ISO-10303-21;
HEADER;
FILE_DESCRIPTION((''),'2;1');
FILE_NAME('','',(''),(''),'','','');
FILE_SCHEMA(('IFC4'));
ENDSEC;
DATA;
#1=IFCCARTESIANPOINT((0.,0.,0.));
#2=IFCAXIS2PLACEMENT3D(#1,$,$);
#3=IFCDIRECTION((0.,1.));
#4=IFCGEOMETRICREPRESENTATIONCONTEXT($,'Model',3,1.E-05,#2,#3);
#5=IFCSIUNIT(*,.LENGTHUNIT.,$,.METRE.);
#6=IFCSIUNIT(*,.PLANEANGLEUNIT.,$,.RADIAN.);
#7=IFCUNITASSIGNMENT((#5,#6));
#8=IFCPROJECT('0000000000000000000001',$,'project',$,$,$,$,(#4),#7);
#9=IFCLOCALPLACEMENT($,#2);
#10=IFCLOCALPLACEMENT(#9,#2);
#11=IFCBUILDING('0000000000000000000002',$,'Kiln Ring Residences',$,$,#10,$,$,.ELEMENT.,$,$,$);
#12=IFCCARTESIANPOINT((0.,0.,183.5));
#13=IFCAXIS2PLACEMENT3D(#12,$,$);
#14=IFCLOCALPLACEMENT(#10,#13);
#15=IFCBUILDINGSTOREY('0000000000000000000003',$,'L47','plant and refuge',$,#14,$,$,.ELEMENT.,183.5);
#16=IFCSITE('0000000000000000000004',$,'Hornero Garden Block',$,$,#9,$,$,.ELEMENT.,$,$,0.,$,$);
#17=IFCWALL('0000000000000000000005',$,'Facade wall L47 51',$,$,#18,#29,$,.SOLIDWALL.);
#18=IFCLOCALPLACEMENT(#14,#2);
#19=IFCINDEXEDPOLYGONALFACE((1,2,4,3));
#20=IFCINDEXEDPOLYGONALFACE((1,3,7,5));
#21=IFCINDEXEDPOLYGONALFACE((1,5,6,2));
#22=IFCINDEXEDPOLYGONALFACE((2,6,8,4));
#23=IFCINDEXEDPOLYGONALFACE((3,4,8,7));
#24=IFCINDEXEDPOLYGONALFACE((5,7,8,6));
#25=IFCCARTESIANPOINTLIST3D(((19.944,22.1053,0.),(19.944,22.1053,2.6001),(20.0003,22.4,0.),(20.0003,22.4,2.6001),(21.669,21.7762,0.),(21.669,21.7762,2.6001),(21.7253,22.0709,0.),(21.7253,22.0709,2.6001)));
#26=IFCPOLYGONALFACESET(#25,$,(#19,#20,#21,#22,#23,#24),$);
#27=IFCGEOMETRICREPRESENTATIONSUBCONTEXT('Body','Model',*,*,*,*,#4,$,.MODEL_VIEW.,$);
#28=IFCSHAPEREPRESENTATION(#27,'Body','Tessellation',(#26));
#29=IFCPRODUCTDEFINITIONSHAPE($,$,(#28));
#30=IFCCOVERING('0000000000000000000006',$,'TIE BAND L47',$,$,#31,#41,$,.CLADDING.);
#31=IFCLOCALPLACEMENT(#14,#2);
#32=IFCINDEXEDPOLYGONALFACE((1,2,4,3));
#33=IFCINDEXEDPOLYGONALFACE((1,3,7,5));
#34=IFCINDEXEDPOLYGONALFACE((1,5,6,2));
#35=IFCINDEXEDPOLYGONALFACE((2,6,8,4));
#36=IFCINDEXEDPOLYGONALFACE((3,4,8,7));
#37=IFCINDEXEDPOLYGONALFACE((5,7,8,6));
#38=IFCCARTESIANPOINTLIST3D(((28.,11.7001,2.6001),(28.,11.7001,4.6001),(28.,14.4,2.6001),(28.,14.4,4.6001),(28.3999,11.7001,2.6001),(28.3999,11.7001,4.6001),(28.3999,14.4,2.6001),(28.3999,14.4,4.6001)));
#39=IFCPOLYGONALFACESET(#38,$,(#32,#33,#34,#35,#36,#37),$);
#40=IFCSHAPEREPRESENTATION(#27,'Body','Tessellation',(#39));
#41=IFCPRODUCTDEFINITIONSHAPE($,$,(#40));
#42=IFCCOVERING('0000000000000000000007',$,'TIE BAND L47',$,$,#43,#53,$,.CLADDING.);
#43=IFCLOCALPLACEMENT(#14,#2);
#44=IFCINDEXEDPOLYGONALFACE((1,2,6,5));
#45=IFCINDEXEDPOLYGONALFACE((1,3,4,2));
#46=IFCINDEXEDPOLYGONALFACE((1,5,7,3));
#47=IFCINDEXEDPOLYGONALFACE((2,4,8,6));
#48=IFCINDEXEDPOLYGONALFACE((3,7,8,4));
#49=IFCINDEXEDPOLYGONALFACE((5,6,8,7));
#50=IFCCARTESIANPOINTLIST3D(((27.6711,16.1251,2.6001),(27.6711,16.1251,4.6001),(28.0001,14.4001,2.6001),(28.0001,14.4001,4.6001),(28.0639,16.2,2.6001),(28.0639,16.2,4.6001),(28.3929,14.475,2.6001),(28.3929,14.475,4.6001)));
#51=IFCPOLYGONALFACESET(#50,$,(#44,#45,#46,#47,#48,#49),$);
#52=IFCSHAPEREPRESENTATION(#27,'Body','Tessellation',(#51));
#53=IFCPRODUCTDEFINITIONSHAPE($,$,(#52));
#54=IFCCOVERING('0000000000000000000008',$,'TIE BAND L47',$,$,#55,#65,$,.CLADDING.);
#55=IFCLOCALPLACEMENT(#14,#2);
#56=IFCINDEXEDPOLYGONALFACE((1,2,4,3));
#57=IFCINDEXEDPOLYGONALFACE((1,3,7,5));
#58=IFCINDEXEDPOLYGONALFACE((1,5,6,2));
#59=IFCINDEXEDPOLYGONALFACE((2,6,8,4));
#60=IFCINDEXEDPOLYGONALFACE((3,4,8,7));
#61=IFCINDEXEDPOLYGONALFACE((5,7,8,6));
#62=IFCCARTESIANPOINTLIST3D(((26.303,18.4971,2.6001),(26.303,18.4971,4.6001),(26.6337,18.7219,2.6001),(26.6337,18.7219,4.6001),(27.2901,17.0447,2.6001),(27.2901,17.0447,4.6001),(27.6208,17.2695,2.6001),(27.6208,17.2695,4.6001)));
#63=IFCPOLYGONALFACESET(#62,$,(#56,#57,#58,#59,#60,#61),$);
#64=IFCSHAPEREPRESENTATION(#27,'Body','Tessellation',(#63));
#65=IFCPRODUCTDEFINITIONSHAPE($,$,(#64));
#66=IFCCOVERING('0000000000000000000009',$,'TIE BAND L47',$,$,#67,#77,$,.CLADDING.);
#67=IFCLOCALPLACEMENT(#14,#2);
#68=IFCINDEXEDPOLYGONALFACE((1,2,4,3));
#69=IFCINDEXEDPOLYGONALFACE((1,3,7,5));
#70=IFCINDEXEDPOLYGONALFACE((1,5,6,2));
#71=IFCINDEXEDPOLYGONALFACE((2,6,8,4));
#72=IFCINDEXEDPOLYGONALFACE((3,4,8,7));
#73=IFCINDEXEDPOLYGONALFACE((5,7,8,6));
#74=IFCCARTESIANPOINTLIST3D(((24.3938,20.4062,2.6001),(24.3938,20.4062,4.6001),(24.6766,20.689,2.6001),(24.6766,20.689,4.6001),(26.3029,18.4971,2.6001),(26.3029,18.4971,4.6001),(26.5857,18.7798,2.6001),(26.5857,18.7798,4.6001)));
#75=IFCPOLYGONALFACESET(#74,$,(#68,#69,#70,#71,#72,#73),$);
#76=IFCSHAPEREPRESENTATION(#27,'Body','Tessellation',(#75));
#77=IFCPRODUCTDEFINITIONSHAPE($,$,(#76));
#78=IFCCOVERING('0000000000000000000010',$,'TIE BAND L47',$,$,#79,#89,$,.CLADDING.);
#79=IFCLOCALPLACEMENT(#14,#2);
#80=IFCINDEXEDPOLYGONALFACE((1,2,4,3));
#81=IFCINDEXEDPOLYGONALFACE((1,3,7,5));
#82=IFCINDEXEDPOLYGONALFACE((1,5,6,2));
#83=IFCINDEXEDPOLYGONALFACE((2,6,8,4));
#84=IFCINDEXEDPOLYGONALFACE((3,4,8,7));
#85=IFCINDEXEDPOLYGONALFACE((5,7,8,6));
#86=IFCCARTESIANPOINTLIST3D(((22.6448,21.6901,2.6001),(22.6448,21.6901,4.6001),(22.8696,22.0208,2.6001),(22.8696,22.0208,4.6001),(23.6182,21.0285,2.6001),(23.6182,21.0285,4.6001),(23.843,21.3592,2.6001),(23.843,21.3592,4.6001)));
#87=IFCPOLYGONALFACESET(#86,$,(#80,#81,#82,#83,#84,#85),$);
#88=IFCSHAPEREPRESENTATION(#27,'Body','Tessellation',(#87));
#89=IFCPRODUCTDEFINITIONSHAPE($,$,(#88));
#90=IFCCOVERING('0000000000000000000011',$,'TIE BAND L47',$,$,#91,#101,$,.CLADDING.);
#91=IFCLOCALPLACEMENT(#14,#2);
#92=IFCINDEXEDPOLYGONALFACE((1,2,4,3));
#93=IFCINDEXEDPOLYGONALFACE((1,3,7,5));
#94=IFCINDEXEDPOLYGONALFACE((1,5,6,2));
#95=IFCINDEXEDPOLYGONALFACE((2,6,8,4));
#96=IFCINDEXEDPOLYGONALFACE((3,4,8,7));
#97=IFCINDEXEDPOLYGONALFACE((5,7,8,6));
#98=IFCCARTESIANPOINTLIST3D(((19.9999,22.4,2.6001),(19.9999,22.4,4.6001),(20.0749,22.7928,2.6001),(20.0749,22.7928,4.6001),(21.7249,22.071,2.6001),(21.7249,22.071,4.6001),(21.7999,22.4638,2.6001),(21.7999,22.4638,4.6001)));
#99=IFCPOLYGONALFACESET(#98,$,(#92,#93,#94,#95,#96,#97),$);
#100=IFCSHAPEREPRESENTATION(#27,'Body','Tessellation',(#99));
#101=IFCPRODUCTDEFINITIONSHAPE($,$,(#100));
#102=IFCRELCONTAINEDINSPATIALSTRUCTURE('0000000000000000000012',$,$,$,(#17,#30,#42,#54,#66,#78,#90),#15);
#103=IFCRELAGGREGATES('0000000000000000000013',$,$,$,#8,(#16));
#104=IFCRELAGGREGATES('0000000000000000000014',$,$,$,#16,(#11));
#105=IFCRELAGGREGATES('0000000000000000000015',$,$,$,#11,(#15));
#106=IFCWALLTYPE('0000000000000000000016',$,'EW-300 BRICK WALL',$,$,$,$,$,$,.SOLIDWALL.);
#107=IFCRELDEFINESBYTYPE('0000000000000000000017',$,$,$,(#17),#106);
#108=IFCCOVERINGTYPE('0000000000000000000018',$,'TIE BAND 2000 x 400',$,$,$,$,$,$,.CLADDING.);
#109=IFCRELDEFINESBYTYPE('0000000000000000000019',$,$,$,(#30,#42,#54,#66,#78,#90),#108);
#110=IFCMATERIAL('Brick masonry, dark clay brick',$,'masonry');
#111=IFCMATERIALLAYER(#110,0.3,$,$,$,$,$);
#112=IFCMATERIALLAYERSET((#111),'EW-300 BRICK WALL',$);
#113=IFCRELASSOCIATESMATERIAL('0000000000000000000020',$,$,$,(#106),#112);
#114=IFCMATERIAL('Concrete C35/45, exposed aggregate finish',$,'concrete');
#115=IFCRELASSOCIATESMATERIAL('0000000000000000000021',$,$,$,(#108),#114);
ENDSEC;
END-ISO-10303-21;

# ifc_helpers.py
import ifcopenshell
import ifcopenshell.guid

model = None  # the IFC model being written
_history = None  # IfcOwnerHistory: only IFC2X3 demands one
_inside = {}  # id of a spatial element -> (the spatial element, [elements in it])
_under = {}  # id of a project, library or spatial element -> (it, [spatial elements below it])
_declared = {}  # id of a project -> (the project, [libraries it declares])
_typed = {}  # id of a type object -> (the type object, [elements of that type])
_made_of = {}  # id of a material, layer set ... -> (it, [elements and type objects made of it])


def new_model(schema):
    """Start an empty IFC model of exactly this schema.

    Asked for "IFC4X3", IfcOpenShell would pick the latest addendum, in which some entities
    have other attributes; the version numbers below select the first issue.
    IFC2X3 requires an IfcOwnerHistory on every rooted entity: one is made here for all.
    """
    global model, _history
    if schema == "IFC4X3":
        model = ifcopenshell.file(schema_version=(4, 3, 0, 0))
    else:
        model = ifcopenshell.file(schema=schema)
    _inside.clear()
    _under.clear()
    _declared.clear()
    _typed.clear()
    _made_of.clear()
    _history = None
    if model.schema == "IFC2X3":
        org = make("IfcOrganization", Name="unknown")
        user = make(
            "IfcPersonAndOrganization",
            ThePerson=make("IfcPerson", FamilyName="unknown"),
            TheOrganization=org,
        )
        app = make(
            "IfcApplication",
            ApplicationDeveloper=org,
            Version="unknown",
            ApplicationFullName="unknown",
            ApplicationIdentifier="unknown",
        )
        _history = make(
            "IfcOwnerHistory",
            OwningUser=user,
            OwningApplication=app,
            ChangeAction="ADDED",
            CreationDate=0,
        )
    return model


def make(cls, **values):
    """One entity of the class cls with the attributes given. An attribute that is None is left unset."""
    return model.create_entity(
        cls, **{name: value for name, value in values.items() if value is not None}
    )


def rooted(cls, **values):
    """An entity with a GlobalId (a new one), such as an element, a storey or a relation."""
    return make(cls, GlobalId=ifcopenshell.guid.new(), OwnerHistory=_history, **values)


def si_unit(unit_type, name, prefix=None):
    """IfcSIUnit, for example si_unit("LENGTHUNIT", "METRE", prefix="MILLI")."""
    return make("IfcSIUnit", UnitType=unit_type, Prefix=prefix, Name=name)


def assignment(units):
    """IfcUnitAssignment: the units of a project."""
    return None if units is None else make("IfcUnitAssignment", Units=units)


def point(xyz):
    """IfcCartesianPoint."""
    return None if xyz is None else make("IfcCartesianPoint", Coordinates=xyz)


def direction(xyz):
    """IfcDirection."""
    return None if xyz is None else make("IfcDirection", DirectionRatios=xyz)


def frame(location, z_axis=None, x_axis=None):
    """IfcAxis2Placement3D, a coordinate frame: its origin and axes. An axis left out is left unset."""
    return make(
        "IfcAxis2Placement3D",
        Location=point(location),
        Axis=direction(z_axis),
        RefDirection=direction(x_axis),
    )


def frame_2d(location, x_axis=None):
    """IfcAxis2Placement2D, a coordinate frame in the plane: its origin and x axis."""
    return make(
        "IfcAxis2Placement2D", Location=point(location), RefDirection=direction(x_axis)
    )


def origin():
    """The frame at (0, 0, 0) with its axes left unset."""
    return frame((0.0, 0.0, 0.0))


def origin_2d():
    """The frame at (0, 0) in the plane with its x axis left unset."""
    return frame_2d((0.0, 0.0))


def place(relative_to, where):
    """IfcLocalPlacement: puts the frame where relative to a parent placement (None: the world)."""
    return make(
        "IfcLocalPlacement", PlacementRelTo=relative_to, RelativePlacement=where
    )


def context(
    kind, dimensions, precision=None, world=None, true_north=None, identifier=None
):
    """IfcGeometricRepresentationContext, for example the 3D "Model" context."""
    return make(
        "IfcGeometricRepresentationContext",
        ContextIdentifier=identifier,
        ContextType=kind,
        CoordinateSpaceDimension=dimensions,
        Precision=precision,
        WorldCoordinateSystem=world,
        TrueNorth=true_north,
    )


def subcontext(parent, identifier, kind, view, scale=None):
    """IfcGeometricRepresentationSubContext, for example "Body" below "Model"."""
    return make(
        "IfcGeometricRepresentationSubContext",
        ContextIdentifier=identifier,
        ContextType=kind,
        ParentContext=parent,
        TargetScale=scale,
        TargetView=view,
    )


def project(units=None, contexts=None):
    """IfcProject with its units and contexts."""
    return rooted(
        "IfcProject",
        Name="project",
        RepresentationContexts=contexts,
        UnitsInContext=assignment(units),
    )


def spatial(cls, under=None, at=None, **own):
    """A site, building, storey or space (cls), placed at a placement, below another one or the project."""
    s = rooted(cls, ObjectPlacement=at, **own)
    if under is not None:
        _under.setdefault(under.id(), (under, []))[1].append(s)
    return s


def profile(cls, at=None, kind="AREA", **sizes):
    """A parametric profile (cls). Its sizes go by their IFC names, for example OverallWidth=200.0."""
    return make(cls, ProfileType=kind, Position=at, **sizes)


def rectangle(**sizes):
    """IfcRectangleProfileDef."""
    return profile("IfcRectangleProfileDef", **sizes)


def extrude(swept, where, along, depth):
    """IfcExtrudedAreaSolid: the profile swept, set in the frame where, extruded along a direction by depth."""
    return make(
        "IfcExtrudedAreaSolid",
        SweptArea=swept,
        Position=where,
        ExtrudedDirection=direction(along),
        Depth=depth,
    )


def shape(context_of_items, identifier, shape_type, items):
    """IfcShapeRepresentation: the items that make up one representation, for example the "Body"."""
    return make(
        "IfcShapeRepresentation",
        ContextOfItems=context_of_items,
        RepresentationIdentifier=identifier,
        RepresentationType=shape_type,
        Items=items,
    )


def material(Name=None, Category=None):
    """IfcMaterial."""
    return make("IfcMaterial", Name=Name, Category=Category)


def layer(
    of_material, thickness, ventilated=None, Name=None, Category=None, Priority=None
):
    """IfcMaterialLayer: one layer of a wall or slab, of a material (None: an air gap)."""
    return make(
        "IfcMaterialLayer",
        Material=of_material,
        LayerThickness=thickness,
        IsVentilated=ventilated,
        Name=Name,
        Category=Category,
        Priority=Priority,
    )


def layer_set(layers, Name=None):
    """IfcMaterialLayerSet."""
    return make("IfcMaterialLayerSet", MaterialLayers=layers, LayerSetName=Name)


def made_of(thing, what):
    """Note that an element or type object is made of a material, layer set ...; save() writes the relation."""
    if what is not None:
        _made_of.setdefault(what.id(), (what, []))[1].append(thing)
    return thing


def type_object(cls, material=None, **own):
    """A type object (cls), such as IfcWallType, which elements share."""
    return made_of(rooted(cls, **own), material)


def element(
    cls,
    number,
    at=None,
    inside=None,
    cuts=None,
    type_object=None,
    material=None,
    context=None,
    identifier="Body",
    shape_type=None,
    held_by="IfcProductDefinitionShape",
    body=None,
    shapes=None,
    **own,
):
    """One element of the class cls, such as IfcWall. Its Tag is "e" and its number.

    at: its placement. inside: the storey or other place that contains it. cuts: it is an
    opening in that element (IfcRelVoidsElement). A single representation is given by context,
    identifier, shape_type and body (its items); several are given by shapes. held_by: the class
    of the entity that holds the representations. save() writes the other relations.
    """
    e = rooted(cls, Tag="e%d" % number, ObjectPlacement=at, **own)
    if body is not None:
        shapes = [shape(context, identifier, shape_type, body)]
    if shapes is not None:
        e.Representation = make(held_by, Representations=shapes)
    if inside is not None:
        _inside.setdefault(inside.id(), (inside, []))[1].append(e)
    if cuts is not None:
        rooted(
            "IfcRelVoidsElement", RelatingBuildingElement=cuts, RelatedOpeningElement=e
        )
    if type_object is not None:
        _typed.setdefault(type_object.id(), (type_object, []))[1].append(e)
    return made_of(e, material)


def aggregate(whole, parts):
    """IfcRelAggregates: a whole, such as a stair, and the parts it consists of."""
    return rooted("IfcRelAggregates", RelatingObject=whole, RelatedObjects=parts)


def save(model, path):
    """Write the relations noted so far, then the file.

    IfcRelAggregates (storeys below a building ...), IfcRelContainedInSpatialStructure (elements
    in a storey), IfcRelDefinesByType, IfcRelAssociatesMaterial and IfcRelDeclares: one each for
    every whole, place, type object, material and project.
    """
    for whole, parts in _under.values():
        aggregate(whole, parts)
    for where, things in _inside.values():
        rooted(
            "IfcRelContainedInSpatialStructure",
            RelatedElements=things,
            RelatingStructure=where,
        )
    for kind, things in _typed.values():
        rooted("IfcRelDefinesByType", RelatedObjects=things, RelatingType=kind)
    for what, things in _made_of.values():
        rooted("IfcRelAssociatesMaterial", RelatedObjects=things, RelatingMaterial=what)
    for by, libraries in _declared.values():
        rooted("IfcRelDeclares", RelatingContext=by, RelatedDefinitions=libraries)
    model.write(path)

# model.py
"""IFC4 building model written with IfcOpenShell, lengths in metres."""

from ifc_helpers import new_model, si_unit, direction, frame, frame_2d, origin, origin_2d, place, context, subcontext, project, spatial, rectangle, extrude, material, layer, layer_set, type_object, element, save


model = new_model("IFC4")

# Units and contexts
model_context = context("Model", 3, precision=1e-05, world=origin(), true_north=direction((0.0, 1.0)))
body_context = subcontext(model_context, "Body", "Model", "MODEL_VIEW")
ifc_project = project(units=[si_unit("LENGTHUNIT", "METRE"), si_unit("PLANEANGLEUNIT", "RADIAN")], contexts=[model_context])

# Site, building, storey
site_placement = place(None, origin())
site = spatial("IfcSite", under=ifc_project, at=site_placement, Name="Hornero Garden Block", CompositionType="ELEMENT", RefElevation=0.0)
building_placement = place(site_placement, origin())
building = spatial("IfcBuilding", under=site, at=building_placement, Name="Kiln Ring Residences", CompositionType="ELEMENT")
storey_placement = place(building_placement, frame((0.0, 0.0, 183.5)))
storey = spatial("IfcBuildingStorey", under=building, at=storey_placement, Name="L47", Description="plant and refuge", CompositionType="ELEMENT", Elevation=183.5)

# Wall
ifc_material_1 = material(Name="Brick masonry, dark clay brick", Category="masonry")
ifc_layer_1 = layer(ifc_material_1, 0.3)
ifc_layer_set_1 = layer_set([ifc_layer_1], Name="EW-300 BRICK WALL")
wall_type_1 = type_object("IfcWallType", Name="EW-300 BRICK WALL", PredefinedType="SOLIDWALL", material=ifc_layer_set_1)
wall_1_placement = place(storey_placement, frame((21.697, 21.9236, 0.0), z_axis=(0.0, 0.0, 1.0), x_axis=(-0.982285, 0.187393, 0.0)))
element("IfcWall", 1, at=wall_1_placement, inside=storey, type_object=wall_type_1, Name="Facade wall L47 51", PredefinedType="SOLIDWALL", context=body_context, shape_type="SweptSolid", body=[
    extrude(rectangle(XDim=1.7561, YDim=0.3, at=frame_2d((0.8779, 0.0))), origin(), (0.0, 0.0, 1.0), 2.6001),
])

# Coverings
ifc_material_2 = material(Name="Concrete C35/45, exposed aggregate finish", Category="concrete")
covering_type = type_object("IfcCoveringType", Name="TIE BAND 2000 x 400", PredefinedType="CLADDING", material=ifc_material_2)
covering_1_placement = place(storey_placement, frame((28.2, 13.05, 2.6001), z_axis=(0.0, 0.0, 1.0), x_axis=(0.0, 1.0, 0.0)))
element("IfcCovering", 2, at=covering_1_placement, inside=storey, type_object=covering_type, Name="TIE BAND L47", PredefinedType="CLADDING", context=body_context, shape_type="SweptSolid", body=[
    extrude(rectangle(XDim=2.7, YDim=0.3999, at=origin_2d()), origin(), (0.0, 0.0, 1.0), 2.0),
])
for number, where, z_axis, x_axis, name in (
    (3, (28.032, 15.3, 2.6001), (0.0, 0.0, 1.0), (-0.187366, 0.98229, 0.0), "TIE BAND L47"),
    (4, (26.9619, 17.8833, 2.6001), (0.0, 0.0, 1.0), (-0.562097, 0.827072, 0.0), "TIE BAND L47"),
):
    element("IfcCovering", number, at=place(storey_placement, frame(where, z_axis=z_axis, x_axis=x_axis)), inside=storey, type_object=covering_type, Name=name, PredefinedType="CLADDING", context=body_context, shape_type="SweptSolid", body=[
        extrude(rectangle(XDim=1.7561, YDim=0.3999, at=origin_2d()), origin(), (0.0, 0.0, 1.0), 2.0),
    ])
covering_2_placement = place(storey_placement, frame((25.4897, 19.593, 2.6001), z_axis=(0.0, 0.0, 1.0), x_axis=(-0.707107, 0.707107, 0.0)))
element("IfcCovering", 5, at=covering_2_placement, inside=storey, type_object=covering_type, Name="TIE BAND L47", PredefinedType="CLADDING", context=body_context, shape_type="SweptSolid", body=[
    extrude(rectangle(XDim=2.7, YDim=0.3999, at=origin_2d()), origin(), (0.0, 0.0, 1.0), 2.0),
])
covering_3_placement = place(storey_placement, frame((23.2439, 21.5247, 2.6001), z_axis=(0.0, 0.0, 1.0), x_axis=(-0.827072, 0.562097, 0.0)))
element("IfcCovering", 6, at=covering_3_placement, inside=storey, type_object=covering_type, Name="TIE BAND L47", PredefinedType="CLADDING", context=body_context, shape_type="SweptSolid", body=[
    extrude(rectangle(XDim=1.177, YDim=0.3999, at=origin_2d()), origin(), (0.0, 0.0, 1.0), 2.0),
])
covering_4_placement = place(storey_placement, frame((20.8999, 22.4319, 2.6001), z_axis=(0.0, 0.0, 1.0), x_axis=(-0.98229, 0.187366, 0.0)))
element("IfcCovering", 7, at=covering_4_placement, inside=storey, type_object=covering_type, Name="TIE BAND L47", PredefinedType="CLADDING", context=body_context, shape_type="SweptSolid", body=[
    extrude(rectangle(XDim=1.7561, YDim=0.3999, at=origin_2d()), origin(), (0.0, 0.0, 1.0), 2.0),
])

save(model, "model.ifc")
